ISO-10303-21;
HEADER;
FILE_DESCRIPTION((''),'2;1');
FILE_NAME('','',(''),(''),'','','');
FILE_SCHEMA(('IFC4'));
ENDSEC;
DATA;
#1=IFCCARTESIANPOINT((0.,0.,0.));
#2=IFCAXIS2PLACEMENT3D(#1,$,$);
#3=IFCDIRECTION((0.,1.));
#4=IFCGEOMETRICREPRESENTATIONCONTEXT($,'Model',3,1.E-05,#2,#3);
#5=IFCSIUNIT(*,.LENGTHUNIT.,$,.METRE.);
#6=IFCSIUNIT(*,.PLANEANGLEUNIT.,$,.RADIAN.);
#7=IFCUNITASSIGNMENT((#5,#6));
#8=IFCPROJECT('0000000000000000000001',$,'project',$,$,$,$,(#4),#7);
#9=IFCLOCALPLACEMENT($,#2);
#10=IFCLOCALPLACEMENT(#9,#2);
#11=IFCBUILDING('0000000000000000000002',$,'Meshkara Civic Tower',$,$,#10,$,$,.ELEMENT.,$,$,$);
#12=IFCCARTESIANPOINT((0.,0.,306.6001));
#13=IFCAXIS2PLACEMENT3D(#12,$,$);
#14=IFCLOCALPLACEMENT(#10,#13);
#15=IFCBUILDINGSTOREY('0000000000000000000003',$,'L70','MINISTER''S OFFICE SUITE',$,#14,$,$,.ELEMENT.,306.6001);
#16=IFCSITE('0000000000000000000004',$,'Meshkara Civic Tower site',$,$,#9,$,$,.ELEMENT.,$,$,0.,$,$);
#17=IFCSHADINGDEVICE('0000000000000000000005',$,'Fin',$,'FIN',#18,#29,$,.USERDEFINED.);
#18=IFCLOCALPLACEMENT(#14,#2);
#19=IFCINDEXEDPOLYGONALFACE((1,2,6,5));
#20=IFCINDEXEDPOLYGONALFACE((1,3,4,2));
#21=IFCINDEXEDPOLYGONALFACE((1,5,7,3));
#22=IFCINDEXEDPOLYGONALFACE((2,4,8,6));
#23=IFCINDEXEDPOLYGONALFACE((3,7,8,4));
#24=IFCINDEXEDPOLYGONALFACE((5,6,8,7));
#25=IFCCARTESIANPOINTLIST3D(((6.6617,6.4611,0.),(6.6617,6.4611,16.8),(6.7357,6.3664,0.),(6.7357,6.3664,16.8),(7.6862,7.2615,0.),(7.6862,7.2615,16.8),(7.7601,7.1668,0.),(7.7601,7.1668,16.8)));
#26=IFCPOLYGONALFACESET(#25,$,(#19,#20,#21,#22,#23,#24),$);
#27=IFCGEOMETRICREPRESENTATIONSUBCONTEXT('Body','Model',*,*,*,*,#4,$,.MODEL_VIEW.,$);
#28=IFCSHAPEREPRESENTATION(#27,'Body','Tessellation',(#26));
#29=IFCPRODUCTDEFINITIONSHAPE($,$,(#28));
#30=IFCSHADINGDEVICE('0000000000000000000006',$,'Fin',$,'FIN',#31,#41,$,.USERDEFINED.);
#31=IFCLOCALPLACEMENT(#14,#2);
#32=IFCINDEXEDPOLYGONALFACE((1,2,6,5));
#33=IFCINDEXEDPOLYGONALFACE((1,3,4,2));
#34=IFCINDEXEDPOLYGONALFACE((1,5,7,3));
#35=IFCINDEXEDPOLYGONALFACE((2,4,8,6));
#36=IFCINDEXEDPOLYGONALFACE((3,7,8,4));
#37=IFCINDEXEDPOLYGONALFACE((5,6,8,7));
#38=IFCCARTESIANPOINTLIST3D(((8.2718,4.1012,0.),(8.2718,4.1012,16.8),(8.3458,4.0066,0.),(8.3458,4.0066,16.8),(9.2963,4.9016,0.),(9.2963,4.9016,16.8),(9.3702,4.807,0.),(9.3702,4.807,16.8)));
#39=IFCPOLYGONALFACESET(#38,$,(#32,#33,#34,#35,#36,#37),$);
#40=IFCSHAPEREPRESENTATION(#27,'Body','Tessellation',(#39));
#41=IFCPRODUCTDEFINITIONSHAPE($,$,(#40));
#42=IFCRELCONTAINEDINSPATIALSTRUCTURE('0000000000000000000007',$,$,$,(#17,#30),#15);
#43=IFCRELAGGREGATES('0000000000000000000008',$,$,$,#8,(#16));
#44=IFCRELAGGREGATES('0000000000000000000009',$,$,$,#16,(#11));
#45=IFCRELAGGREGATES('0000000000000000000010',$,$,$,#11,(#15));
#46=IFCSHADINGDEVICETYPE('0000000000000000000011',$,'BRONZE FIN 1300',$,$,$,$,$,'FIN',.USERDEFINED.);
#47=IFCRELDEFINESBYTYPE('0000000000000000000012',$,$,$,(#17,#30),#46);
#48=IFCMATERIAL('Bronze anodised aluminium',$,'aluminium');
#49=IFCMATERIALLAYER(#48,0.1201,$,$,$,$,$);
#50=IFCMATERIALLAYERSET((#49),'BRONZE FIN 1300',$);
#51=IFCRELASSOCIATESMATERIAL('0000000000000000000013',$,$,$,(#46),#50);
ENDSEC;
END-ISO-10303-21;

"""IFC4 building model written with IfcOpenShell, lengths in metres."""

from ifc_helpers import new_model, si_unit, direction, frame, origin, origin_2d, place, context, subcontext, project, spatial, rectangle, extrude, material, layer, layer_set, type_object, element, save


model = new_model("IFC4")

# Units and contexts
model_context = context("Model", 3, precision=1e-05, world=origin(), true_north=direction((0.0, 1.0)))
body_context = subcontext(model_context, "Body", "Model", "MODEL_VIEW")
ifc_project = project(units=[si_unit("LENGTHUNIT", "METRE"), si_unit("PLANEANGLEUNIT", "RADIAN")], contexts=[model_context])

# Site, building, storey
site_placement = place(None, origin())
site = spatial("IfcSite", under=ifc_project, at=site_placement, Name="Meshkara Civic Tower site", CompositionType="ELEMENT", RefElevation=0.0)
building_placement = place(site_placement, origin())
building = spatial("IfcBuilding", under=site, at=building_placement, Name="Meshkara Civic Tower", CompositionType="ELEMENT")
storey_placement = place(building_placement, frame((0.0, 0.0, 306.6001)))
storey = spatial("IfcBuildingStorey", under=building, at=storey_placement, Name="L70", Description="MINISTER'S OFFICE SUITE", CompositionType="ELEMENT", Elevation=306.6001)

# Shading devices
ifc_material_1 = material(Name="Bronze anodised aluminium", Category="aluminium")
ifc_layer_1 = layer(ifc_material_1, 0.1201)
ifc_layer_set_1 = layer_set([ifc_layer_1], Name="BRONZE FIN 1300")
shading_device_type = type_object("IfcShadingDeviceType", Name="BRONZE FIN 1300", ElementType="FIN", PredefinedType="USERDEFINED", material=ifc_layer_set_1)
for number, where, z_axis, x_axis, name in (
    (1, (7.2109, 6.814, 0.0), (0.0, 0.0, 1.0), (0.615661, -0.788011, 0.0), "Fin"),
    (2, (8.821, 4.4541, 0.0), (0.0, 0.0, 1.0), (0.615661, -0.788011, 0.0), "Fin"),
):
    element("IfcShadingDevice", number, at=place(storey_placement, frame(where, z_axis=z_axis, x_axis=x_axis)), inside=storey, type_object=shading_device_type, Name=name, ObjectType="FIN", PredefinedType="USERDEFINED", context=body_context, shape_type="SweptSolid", body=[
        extrude(rectangle(XDim=0.1201, YDim=1.3, at=origin_2d()), origin(), (0.0, 0.0, 1.0), 16.8),
    ])

save(model, "model.ifc")
